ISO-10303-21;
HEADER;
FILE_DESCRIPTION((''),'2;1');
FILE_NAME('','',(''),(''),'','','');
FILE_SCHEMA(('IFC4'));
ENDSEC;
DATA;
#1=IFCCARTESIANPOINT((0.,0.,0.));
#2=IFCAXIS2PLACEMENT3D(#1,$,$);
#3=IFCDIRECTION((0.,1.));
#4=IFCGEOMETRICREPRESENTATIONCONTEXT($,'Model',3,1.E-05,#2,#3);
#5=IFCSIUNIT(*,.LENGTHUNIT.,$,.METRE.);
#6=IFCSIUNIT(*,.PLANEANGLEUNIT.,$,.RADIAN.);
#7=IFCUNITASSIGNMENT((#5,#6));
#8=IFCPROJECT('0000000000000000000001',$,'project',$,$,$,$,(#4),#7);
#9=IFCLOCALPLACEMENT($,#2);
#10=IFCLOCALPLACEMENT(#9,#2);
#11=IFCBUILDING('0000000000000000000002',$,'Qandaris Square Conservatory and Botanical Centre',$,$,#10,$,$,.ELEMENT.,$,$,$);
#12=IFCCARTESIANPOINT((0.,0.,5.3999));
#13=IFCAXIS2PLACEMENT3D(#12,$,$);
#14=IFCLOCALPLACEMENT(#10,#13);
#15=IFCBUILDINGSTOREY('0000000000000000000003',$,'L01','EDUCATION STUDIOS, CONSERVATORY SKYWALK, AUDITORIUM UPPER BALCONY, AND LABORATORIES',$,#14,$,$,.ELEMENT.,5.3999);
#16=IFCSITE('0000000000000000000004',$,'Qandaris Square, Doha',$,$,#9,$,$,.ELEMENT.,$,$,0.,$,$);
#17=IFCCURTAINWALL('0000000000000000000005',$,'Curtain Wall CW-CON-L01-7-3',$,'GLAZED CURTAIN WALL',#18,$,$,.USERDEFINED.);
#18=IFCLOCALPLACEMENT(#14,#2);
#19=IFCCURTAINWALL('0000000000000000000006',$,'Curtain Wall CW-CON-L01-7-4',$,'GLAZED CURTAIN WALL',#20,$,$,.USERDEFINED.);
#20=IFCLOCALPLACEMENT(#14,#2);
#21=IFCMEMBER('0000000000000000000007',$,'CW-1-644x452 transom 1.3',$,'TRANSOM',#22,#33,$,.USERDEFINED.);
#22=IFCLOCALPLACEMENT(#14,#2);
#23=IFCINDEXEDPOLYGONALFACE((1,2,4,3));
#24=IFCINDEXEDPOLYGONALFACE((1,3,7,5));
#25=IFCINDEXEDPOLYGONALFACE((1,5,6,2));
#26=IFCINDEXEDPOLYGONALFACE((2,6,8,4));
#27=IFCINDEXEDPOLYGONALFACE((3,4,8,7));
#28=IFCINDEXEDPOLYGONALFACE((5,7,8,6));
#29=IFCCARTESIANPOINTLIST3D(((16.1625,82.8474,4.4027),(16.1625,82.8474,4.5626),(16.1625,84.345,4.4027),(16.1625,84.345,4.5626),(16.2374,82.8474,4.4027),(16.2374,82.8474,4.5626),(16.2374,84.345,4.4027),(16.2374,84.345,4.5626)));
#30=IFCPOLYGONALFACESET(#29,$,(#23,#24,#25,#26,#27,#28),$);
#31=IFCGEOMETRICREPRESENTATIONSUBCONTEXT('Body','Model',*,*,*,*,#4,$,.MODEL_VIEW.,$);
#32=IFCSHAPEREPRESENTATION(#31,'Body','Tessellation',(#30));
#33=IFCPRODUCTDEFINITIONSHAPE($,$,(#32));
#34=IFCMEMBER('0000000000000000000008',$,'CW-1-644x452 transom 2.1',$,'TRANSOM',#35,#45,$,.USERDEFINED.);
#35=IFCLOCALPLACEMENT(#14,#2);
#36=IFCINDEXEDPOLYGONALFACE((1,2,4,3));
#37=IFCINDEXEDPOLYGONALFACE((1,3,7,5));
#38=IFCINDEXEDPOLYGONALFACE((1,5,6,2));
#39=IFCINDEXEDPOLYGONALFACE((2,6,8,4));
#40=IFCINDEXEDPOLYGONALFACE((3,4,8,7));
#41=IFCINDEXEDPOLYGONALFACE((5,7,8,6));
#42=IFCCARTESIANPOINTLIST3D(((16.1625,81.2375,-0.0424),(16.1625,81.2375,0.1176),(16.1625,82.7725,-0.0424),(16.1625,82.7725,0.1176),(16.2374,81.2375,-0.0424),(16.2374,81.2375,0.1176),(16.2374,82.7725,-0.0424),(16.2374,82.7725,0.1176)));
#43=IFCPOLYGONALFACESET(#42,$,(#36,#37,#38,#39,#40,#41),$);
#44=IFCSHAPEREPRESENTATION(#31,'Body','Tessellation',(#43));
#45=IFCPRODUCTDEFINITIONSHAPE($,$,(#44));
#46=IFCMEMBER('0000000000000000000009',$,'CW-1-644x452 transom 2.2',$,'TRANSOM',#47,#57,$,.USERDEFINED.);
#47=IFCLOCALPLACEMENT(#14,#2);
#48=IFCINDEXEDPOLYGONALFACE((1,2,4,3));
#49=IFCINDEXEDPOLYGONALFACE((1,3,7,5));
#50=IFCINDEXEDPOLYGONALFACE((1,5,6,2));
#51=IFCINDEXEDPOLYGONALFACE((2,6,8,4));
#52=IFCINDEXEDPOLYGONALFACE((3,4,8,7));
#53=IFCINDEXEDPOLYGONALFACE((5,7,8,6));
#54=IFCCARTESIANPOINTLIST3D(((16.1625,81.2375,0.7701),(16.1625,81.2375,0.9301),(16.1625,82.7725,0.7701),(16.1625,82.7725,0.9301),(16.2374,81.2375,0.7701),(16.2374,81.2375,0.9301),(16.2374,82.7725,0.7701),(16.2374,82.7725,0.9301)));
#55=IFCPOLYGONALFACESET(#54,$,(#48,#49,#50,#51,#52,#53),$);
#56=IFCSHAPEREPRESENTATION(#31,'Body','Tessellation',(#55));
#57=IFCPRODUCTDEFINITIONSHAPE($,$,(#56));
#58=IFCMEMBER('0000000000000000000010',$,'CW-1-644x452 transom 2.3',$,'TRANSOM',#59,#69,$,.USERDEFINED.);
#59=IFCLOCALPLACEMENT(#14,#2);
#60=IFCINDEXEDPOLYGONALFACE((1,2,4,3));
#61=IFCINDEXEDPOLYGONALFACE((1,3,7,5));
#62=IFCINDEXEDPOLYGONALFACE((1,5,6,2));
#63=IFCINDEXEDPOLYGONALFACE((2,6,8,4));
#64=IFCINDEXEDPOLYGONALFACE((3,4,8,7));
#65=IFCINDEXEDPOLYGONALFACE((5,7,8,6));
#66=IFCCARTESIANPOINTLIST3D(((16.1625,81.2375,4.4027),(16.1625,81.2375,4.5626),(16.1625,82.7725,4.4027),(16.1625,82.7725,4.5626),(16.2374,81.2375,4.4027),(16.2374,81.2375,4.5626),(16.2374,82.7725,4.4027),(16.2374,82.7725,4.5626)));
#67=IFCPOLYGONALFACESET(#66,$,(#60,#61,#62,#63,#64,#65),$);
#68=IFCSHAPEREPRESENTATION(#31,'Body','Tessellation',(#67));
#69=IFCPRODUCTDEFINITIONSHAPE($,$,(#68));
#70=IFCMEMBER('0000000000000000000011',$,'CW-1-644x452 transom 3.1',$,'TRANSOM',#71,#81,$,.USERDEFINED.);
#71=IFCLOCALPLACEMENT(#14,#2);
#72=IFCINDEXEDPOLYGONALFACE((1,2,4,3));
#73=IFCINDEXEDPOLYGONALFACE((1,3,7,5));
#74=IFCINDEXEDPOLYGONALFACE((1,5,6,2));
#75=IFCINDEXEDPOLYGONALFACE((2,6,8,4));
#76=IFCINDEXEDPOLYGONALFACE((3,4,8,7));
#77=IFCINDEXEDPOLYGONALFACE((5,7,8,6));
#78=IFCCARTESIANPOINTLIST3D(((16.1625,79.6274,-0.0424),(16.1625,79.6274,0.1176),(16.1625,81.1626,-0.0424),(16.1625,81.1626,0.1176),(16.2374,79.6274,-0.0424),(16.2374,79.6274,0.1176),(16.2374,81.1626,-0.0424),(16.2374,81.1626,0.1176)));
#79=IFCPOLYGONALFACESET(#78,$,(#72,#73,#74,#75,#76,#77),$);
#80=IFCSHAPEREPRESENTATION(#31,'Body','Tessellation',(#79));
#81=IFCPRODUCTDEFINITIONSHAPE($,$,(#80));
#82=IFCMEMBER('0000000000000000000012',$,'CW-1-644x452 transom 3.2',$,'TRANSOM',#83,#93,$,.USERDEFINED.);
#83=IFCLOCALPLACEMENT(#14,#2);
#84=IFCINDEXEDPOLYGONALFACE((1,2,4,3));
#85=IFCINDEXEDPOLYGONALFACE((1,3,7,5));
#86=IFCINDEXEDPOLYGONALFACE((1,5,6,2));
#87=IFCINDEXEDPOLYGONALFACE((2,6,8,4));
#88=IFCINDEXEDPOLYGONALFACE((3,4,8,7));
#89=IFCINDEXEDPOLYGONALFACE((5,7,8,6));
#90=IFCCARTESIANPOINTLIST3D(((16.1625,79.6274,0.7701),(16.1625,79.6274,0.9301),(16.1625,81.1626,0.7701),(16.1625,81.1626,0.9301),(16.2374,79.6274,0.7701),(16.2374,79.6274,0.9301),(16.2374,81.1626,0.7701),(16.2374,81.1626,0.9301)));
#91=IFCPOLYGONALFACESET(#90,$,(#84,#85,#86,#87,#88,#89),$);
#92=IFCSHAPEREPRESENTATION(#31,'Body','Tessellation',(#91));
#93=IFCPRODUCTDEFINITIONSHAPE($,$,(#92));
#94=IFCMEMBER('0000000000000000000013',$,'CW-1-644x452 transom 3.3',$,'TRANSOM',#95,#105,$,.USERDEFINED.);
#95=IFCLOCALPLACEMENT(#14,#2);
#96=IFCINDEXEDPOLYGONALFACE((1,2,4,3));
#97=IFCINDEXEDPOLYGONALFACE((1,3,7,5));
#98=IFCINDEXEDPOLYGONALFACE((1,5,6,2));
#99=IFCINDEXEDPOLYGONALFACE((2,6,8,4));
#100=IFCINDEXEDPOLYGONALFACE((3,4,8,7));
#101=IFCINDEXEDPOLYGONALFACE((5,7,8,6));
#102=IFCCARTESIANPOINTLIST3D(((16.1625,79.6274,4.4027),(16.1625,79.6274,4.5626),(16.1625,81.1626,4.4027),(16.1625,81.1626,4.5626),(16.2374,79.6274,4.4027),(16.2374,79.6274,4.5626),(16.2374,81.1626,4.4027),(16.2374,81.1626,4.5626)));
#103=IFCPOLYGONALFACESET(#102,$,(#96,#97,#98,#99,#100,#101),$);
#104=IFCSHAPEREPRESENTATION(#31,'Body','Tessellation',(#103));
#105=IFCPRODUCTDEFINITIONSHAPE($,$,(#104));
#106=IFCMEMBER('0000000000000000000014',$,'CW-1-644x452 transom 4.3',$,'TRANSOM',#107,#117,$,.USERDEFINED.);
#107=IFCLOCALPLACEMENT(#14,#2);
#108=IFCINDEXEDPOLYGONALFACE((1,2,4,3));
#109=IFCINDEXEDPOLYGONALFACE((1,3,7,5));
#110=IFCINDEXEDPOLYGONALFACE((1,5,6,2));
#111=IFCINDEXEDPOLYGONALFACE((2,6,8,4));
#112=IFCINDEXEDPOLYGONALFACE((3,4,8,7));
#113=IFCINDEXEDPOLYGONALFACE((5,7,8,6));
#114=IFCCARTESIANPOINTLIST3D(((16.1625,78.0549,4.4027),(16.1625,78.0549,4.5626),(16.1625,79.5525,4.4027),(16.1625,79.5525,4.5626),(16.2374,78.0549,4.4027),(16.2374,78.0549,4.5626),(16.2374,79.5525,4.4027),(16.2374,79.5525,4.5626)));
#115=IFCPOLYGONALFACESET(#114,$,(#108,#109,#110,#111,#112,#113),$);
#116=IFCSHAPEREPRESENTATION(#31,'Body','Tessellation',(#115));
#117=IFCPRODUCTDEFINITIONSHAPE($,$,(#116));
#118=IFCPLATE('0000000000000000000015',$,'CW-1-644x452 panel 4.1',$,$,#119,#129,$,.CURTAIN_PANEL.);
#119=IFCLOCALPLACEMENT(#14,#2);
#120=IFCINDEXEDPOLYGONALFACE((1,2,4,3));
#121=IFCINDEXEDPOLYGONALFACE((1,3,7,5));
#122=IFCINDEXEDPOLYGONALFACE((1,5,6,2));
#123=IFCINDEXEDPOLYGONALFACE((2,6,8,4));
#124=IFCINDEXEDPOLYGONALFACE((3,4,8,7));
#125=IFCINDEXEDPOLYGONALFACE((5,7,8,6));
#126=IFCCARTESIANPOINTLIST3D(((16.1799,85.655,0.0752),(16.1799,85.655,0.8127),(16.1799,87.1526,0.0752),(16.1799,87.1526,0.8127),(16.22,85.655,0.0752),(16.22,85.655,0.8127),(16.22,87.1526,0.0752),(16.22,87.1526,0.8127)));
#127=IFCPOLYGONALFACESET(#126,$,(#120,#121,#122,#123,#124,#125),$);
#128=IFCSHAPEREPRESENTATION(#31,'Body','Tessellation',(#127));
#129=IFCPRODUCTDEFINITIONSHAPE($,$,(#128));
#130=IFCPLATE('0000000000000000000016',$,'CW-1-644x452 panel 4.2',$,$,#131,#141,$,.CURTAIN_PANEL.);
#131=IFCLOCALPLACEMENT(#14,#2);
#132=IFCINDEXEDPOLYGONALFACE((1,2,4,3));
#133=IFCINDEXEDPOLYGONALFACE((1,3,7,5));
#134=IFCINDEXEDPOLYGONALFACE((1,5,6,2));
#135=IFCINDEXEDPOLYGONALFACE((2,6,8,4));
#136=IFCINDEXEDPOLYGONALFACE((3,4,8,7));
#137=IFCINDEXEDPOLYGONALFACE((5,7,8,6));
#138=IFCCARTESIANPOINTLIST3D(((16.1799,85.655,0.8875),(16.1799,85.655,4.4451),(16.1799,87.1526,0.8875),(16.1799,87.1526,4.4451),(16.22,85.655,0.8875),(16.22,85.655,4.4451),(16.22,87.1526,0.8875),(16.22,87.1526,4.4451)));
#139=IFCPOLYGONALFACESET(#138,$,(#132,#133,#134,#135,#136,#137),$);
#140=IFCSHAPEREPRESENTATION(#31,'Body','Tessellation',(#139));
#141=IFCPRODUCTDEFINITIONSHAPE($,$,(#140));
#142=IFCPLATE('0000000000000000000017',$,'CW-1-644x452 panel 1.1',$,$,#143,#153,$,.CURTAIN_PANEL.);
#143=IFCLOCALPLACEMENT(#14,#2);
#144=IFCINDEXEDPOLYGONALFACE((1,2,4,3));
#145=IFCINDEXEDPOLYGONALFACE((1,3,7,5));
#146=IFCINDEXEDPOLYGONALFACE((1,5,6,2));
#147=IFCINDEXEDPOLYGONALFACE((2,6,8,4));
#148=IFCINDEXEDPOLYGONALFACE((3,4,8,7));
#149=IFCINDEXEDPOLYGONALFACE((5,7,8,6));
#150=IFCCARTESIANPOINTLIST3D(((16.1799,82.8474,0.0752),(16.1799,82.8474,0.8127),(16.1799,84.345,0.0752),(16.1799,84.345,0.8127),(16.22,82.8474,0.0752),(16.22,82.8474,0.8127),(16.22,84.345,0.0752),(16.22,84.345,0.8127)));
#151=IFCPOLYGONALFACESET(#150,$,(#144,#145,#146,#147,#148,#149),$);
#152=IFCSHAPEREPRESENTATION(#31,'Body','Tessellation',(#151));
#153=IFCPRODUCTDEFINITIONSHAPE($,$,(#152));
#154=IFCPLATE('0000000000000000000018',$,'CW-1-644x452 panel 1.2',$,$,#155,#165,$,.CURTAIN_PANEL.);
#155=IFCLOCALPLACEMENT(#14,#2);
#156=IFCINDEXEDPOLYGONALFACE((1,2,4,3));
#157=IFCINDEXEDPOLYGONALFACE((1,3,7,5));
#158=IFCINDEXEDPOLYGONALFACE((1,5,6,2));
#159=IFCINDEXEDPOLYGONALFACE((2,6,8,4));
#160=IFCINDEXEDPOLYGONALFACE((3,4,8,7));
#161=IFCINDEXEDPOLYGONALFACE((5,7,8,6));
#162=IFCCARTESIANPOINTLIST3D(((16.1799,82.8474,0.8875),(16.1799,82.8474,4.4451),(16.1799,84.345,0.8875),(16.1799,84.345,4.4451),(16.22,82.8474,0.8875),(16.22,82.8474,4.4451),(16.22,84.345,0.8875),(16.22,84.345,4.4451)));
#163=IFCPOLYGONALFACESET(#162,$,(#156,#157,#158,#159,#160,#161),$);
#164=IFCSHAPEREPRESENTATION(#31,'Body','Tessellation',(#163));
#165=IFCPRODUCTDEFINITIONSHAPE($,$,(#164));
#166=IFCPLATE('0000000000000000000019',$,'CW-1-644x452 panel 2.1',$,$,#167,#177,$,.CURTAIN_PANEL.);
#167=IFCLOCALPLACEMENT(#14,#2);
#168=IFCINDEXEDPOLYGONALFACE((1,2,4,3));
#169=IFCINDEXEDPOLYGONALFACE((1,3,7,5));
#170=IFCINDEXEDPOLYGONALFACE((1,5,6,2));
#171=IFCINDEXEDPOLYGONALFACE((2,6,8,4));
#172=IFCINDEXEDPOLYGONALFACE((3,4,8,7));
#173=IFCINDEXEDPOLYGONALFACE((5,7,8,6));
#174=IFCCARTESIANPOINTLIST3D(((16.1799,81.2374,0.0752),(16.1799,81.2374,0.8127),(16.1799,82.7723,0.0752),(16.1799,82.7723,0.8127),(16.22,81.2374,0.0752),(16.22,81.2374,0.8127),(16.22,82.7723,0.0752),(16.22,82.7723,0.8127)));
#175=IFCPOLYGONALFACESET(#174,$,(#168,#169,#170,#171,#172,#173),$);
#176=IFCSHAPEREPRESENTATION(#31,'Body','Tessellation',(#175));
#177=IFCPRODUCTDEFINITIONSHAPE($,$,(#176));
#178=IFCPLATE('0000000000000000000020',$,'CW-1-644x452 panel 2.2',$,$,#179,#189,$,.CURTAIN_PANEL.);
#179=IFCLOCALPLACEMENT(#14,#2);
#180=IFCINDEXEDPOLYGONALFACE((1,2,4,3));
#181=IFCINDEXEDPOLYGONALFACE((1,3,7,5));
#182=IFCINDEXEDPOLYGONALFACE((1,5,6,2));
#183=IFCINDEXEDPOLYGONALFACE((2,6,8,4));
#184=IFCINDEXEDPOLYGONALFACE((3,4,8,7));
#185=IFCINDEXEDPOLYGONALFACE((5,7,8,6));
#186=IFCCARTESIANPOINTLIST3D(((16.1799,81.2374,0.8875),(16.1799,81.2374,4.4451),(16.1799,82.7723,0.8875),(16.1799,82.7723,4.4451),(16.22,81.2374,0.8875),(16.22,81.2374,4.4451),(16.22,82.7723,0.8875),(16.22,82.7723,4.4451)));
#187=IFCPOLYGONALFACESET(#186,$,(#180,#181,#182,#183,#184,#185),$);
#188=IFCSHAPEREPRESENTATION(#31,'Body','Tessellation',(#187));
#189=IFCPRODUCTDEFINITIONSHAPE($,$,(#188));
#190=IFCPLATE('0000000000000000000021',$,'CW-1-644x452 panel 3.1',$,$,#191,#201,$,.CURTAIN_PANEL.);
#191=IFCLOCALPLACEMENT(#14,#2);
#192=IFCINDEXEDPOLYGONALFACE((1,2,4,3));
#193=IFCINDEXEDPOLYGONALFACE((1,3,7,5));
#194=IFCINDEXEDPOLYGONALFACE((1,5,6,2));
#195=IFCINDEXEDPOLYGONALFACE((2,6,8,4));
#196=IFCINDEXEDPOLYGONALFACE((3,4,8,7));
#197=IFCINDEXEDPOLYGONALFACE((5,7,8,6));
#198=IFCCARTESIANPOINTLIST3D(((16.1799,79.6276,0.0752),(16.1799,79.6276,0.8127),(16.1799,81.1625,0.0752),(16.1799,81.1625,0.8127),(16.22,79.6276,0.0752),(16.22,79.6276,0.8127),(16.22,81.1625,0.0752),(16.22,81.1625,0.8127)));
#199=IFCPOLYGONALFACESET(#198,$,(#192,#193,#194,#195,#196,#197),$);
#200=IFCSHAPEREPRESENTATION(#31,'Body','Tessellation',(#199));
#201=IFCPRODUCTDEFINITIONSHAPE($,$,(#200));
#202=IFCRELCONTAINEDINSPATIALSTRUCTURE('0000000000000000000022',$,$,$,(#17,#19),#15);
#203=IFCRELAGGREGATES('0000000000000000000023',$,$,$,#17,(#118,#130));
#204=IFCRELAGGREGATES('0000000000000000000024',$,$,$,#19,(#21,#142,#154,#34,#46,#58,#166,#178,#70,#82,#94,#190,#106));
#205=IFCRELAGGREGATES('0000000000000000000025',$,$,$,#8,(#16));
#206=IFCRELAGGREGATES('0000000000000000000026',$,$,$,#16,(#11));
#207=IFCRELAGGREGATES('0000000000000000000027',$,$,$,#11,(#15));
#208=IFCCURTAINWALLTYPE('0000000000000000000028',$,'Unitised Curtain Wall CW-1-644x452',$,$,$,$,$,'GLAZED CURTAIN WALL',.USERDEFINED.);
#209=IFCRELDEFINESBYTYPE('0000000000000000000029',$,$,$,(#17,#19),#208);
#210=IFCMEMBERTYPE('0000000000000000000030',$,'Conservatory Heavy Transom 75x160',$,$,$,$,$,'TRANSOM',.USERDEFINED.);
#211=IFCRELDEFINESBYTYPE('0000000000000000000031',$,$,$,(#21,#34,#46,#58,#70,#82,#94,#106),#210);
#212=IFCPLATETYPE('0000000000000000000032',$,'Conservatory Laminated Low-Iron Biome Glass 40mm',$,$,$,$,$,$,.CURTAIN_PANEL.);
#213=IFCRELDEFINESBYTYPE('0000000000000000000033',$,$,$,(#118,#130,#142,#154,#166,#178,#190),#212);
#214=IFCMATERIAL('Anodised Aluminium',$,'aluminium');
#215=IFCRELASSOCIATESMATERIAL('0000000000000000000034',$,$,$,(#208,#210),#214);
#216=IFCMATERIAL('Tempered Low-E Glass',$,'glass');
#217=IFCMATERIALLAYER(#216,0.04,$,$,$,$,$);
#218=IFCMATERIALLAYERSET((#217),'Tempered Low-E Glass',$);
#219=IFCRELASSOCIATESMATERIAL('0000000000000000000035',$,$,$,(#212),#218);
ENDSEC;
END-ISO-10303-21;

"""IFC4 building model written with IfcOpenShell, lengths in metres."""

from ifc_helpers import new_model, si_unit, direction, frame, origin, origin_2d, place, context, subcontext, project, spatial, rectangle, extrude, material, layer, layer_set, material_profile, profile_set, type_object, element, aggregate, save


model = new_model("IFC4")

# Units and contexts
model_context = context("Model", 3, precision=1e-05, world=origin(), true_north=direction((0.0, 1.0)))
body_context = subcontext(model_context, "Body", "Model", "MODEL_VIEW")
ifc_project = project(units=[si_unit("LENGTHUNIT", "METRE"), si_unit("PLANEANGLEUNIT", "RADIAN")], contexts=[model_context])

# Site, building, storey
site_placement = place(None, origin())
site = spatial("IfcSite", under=ifc_project, at=site_placement, Name="Qandaris Square, Doha", CompositionType="ELEMENT", RefElevation=0.0)
building_placement = place(site_placement, origin())
building = spatial("IfcBuilding", under=site, at=building_placement, Name="Qandaris Square Conservatory and Botanical Centre", CompositionType="ELEMENT")
storey_placement = place(building_placement, frame((0.0, 0.0, 5.3999)))
storey = spatial("IfcBuildingStorey", under=building, at=storey_placement, Name="L01", Description="EDUCATION STUDIOS, CONSERVATORY SKYWALK, AUDITORIUM UPPER BALCONY, AND LABORATORIES", CompositionType="ELEMENT", Elevation=5.3999)

# Curtain wall
ifc_material_1 = material(Name="Anodised Aluminium", Category="aluminium")
curtain_wall_type = type_object("IfcCurtainWallType", Name="Unitised Curtain Wall CW-1-644x452", ElementType="GLAZED CURTAIN WALL", PredefinedType="USERDEFINED", material=ifc_material_1)
curtain_wall_1_placement = place(storey_placement, origin())
curtain_wall_1 = element("IfcCurtainWall", 1, at=curtain_wall_1_placement, inside=storey, type_object=curtain_wall_type, Name="Curtain Wall CW-CON-L01-7-3", ObjectType="GLAZED CURTAIN WALL", PredefinedType="USERDEFINED")

# Curtain wall, members
curtain_wall_2_placement = place(storey_placement, origin())
curtain_wall_2 = element("IfcCurtainWall", 2, at=curtain_wall_2_placement, inside=storey, type_object=curtain_wall_type, Name="Curtain Wall CW-CON-L01-7-4", ObjectType="GLAZED CURTAIN WALL", PredefinedType="USERDEFINED")
ifc_material_profile_1 = material_profile(ifc_material_1, rectangle(XDim=0.075, YDim=0.1599, at=origin_2d()), Name="ALU-TRN 75x160")
ifc_profile_set_1 = profile_set([ifc_material_profile_1], Name="Anodised Aluminium")
member_type_1 = type_object("IfcMemberType", Name="Conservatory Heavy Transom 75x160", ElementType="TRANSOM", PredefinedType="USERDEFINED", material=ifc_profile_set_1)
member_1_placement = place(storey_placement, frame((16.2, 84.345, 4.4827), z_axis=(0.0, -1.0, 0.0), x_axis=(1.0, 0.0, 0.0)))
member_1 = element("IfcMember", 3, at=member_1_placement, type_object=member_type_1, Name="CW-1-644x452 transom 1.3", ObjectType="TRANSOM", PredefinedType="USERDEFINED", context=body_context, shape_type="SweptSolid", body=[
    extrude(rectangle(XDim=0.075, YDim=0.1599, at=origin_2d()), origin(), (0.0, 0.0, 1.0), 1.4976),
])
member_2_placement = place(storey_placement, frame((16.2, 82.7725, 0.0376), z_axis=(0.0, -1.0, 0.0), x_axis=(1.0, 0.0, 0.0)))
member_2 = element("IfcMember", 4, at=member_2_placement, type_object=member_type_1, Name="CW-1-644x452 transom 2.1", ObjectType="TRANSOM", PredefinedType="USERDEFINED", context=body_context, shape_type="SweptSolid", body=[
    extrude(rectangle(XDim=0.075, YDim=0.1599, at=origin_2d()), origin(), (0.0, 0.0, 1.0), 1.5349),
])
member_3_placement = place(storey_placement, frame((16.2, 82.7725, 0.8501), z_axis=(0.0, -1.0, 0.0), x_axis=(1.0, 0.0, 0.0)))
member_3 = element("IfcMember", 5, at=member_3_placement, type_object=member_type_1, Name="CW-1-644x452 transom 2.2", ObjectType="TRANSOM", PredefinedType="USERDEFINED", context=body_context, shape_type="SweptSolid", body=[
    extrude(rectangle(XDim=0.075, YDim=0.1599, at=origin_2d()), origin(), (0.0, 0.0, 1.0), 1.5349),
])
member_4_placement = place(storey_placement, frame((16.2, 82.7725, 4.4827), z_axis=(0.0, -1.0, 0.0), x_axis=(1.0, 0.0, 0.0)))
member_4 = element("IfcMember", 6, at=member_4_placement, type_object=member_type_1, Name="CW-1-644x452 transom 2.3", ObjectType="TRANSOM", PredefinedType="USERDEFINED", context=body_context, shape_type="SweptSolid", body=[
    extrude(rectangle(XDim=0.075, YDim=0.1599, at=origin_2d()), origin(), (0.0, 0.0, 1.0), 1.5349),
])
member_5_placement = place(storey_placement, frame((16.2, 81.1626, 0.0376), z_axis=(0.0, -1.0, 0.0), x_axis=(1.0, 0.0, 0.0)))
member_5 = element("IfcMember", 7, at=member_5_placement, type_object=member_type_1, Name="CW-1-644x452 transom 3.1", ObjectType="TRANSOM", PredefinedType="USERDEFINED", context=body_context, shape_type="SweptSolid", body=[
    extrude(rectangle(XDim=0.075, YDim=0.1599, at=origin_2d()), origin(), (0.0, 0.0, 1.0), 1.5352),
])
member_6_placement = place(storey_placement, frame((16.2, 81.1626, 0.8501), z_axis=(0.0, -1.0, 0.0), x_axis=(1.0, 0.0, 0.0)))
member_6 = element("IfcMember", 8, at=member_6_placement, type_object=member_type_1, Name="CW-1-644x452 transom 3.2", ObjectType="TRANSOM", PredefinedType="USERDEFINED", context=body_context, shape_type="SweptSolid", body=[
    extrude(rectangle(XDim=0.075, YDim=0.1599, at=origin_2d()), origin(), (0.0, 0.0, 1.0), 1.5352),
])
member_7_placement = place(storey_placement, frame((16.2, 81.1626, 4.4827), z_axis=(0.0, -1.0, 0.0), x_axis=(1.0, 0.0, 0.0)))
member_7 = element("IfcMember", 9, at=member_7_placement, type_object=member_type_1, Name="CW-1-644x452 transom 3.3", ObjectType="TRANSOM", PredefinedType="USERDEFINED", context=body_context, shape_type="SweptSolid", body=[
    extrude(rectangle(XDim=0.075, YDim=0.1599, at=origin_2d()), origin(), (0.0, 0.0, 1.0), 1.5352),
])
member_8_placement = place(storey_placement, frame((16.2, 79.5525, 4.4827), z_axis=(0.0, -1.0, 0.0), x_axis=(1.0, 0.0, 0.0)))
member_8 = element("IfcMember", 10, at=member_8_placement, type_object=member_type_1, Name="CW-1-644x452 transom 4.3", ObjectType="TRANSOM", PredefinedType="USERDEFINED", context=body_context, shape_type="SweptSolid", body=[
    extrude(rectangle(XDim=0.075, YDim=0.1599, at=origin_2d()), origin(), (0.0, 0.0, 1.0), 1.4976),
])

# Plates
ifc_material_2 = material(Name="Tempered Low-E Glass", Category="glass")
ifc_layer_1 = layer(ifc_material_2, 0.04)
ifc_layer_set_1 = layer_set([ifc_layer_1], Name="Tempered Low-E Glass")
plate_type_1 = type_object("IfcPlateType", Name="Conservatory Laminated Low-Iron Biome Glass 40mm", PredefinedType="CURTAIN_PANEL", material=ifc_layer_set_1)
plate_1_placement = place(storey_placement, frame((16.2, 86.4038, 0.0752), z_axis=(0.0, 0.0, 1.0), x_axis=(0.0, -1.0, 0.0)))
plate_1 = element("IfcPlate", 11, at=plate_1_placement, type_object=plate_type_1, Name="CW-1-644x452 panel 4.1", PredefinedType="CURTAIN_PANEL", context=body_context, shape_type="SweptSolid", body=[
    extrude(rectangle(XDim=1.4976, YDim=0.04, at=origin_2d()), origin(), (0.0, 0.0, 1.0), 0.7375),
])
plate_2_placement = place(storey_placement, frame((16.2, 86.4038, 0.8875), z_axis=(0.0, 0.0, 1.0), x_axis=(0.0, -1.0, 0.0)))
plate_2 = element("IfcPlate", 12, at=plate_2_placement, type_object=plate_type_1, Name="CW-1-644x452 panel 4.2", PredefinedType="CURTAIN_PANEL", context=body_context, shape_type="SweptSolid", body=[
    extrude(rectangle(XDim=1.4976, YDim=0.04, at=origin_2d()), origin(), (0.0, 0.0, 1.0), 3.5576),
])
aggregate(curtain_wall_1, [plate_1, plate_2])
plate_3_placement = place(storey_placement, frame((16.2, 83.5962, 0.0752), z_axis=(0.0, 0.0, 1.0), x_axis=(0.0, -1.0, 0.0)))
plate_3 = element("IfcPlate", 13, at=plate_3_placement, type_object=plate_type_1, Name="CW-1-644x452 panel 1.1", PredefinedType="CURTAIN_PANEL", context=body_context, shape_type="SweptSolid", body=[
    extrude(rectangle(XDim=1.4976, YDim=0.04, at=origin_2d()), origin(), (0.0, 0.0, 1.0), 0.7375),
])
plate_4_placement = place(storey_placement, frame((16.2, 83.5962, 0.8875), z_axis=(0.0, 0.0, 1.0), x_axis=(0.0, -1.0, 0.0)))
plate_4 = element("IfcPlate", 14, at=plate_4_placement, type_object=plate_type_1, Name="CW-1-644x452 panel 1.2", PredefinedType="CURTAIN_PANEL", context=body_context, shape_type="SweptSolid", body=[
    extrude(rectangle(XDim=1.4976, YDim=0.04, at=origin_2d()), origin(), (0.0, 0.0, 1.0), 3.5576),
])
plate_5_placement = place(storey_placement, frame((16.2, 82.0049, 0.0752), z_axis=(0.0, 0.0, 1.0), x_axis=(0.0, -1.0, 0.0)))
plate_5 = element("IfcPlate", 15, at=plate_5_placement, type_object=plate_type_1, Name="CW-1-644x452 panel 2.1", PredefinedType="CURTAIN_PANEL", context=body_context, shape_type="SweptSolid", body=[
    extrude(rectangle(XDim=1.5349, YDim=0.04, at=origin_2d()), origin(), (0.0, 0.0, 1.0), 0.7375),
])
plate_6_placement = place(storey_placement, frame((16.2, 82.0049, 0.8875), z_axis=(0.0, 0.0, 1.0), x_axis=(0.0, -1.0, 0.0)))
plate_6 = element("IfcPlate", 16, at=plate_6_placement, type_object=plate_type_1, Name="CW-1-644x452 panel 2.2", PredefinedType="CURTAIN_PANEL", context=body_context, shape_type="SweptSolid", body=[
    extrude(rectangle(XDim=1.5349, YDim=0.04, at=origin_2d()), origin(), (0.0, 0.0, 1.0), 3.5576),
])
plate_7_placement = place(storey_placement, frame((16.2, 80.395, 0.0752), z_axis=(0.0, 0.0, 1.0), x_axis=(0.0, -1.0, 0.0)))
plate_7 = element("IfcPlate", 17, at=plate_7_placement, type_object=plate_type_1, Name="CW-1-644x452 panel 3.1", PredefinedType="CURTAIN_PANEL", context=body_context, shape_type="SweptSolid", body=[
    extrude(rectangle(XDim=1.5349, YDim=0.04, at=origin_2d()), origin(), (0.0, 0.0, 1.0), 0.7375),
])
aggregate(curtain_wall_2, [member_1, plate_3, plate_4, member_2, member_3, member_4, plate_5, plate_6, member_5, member_6, member_7, plate_7, member_8])

save(model, "model.ifc")
